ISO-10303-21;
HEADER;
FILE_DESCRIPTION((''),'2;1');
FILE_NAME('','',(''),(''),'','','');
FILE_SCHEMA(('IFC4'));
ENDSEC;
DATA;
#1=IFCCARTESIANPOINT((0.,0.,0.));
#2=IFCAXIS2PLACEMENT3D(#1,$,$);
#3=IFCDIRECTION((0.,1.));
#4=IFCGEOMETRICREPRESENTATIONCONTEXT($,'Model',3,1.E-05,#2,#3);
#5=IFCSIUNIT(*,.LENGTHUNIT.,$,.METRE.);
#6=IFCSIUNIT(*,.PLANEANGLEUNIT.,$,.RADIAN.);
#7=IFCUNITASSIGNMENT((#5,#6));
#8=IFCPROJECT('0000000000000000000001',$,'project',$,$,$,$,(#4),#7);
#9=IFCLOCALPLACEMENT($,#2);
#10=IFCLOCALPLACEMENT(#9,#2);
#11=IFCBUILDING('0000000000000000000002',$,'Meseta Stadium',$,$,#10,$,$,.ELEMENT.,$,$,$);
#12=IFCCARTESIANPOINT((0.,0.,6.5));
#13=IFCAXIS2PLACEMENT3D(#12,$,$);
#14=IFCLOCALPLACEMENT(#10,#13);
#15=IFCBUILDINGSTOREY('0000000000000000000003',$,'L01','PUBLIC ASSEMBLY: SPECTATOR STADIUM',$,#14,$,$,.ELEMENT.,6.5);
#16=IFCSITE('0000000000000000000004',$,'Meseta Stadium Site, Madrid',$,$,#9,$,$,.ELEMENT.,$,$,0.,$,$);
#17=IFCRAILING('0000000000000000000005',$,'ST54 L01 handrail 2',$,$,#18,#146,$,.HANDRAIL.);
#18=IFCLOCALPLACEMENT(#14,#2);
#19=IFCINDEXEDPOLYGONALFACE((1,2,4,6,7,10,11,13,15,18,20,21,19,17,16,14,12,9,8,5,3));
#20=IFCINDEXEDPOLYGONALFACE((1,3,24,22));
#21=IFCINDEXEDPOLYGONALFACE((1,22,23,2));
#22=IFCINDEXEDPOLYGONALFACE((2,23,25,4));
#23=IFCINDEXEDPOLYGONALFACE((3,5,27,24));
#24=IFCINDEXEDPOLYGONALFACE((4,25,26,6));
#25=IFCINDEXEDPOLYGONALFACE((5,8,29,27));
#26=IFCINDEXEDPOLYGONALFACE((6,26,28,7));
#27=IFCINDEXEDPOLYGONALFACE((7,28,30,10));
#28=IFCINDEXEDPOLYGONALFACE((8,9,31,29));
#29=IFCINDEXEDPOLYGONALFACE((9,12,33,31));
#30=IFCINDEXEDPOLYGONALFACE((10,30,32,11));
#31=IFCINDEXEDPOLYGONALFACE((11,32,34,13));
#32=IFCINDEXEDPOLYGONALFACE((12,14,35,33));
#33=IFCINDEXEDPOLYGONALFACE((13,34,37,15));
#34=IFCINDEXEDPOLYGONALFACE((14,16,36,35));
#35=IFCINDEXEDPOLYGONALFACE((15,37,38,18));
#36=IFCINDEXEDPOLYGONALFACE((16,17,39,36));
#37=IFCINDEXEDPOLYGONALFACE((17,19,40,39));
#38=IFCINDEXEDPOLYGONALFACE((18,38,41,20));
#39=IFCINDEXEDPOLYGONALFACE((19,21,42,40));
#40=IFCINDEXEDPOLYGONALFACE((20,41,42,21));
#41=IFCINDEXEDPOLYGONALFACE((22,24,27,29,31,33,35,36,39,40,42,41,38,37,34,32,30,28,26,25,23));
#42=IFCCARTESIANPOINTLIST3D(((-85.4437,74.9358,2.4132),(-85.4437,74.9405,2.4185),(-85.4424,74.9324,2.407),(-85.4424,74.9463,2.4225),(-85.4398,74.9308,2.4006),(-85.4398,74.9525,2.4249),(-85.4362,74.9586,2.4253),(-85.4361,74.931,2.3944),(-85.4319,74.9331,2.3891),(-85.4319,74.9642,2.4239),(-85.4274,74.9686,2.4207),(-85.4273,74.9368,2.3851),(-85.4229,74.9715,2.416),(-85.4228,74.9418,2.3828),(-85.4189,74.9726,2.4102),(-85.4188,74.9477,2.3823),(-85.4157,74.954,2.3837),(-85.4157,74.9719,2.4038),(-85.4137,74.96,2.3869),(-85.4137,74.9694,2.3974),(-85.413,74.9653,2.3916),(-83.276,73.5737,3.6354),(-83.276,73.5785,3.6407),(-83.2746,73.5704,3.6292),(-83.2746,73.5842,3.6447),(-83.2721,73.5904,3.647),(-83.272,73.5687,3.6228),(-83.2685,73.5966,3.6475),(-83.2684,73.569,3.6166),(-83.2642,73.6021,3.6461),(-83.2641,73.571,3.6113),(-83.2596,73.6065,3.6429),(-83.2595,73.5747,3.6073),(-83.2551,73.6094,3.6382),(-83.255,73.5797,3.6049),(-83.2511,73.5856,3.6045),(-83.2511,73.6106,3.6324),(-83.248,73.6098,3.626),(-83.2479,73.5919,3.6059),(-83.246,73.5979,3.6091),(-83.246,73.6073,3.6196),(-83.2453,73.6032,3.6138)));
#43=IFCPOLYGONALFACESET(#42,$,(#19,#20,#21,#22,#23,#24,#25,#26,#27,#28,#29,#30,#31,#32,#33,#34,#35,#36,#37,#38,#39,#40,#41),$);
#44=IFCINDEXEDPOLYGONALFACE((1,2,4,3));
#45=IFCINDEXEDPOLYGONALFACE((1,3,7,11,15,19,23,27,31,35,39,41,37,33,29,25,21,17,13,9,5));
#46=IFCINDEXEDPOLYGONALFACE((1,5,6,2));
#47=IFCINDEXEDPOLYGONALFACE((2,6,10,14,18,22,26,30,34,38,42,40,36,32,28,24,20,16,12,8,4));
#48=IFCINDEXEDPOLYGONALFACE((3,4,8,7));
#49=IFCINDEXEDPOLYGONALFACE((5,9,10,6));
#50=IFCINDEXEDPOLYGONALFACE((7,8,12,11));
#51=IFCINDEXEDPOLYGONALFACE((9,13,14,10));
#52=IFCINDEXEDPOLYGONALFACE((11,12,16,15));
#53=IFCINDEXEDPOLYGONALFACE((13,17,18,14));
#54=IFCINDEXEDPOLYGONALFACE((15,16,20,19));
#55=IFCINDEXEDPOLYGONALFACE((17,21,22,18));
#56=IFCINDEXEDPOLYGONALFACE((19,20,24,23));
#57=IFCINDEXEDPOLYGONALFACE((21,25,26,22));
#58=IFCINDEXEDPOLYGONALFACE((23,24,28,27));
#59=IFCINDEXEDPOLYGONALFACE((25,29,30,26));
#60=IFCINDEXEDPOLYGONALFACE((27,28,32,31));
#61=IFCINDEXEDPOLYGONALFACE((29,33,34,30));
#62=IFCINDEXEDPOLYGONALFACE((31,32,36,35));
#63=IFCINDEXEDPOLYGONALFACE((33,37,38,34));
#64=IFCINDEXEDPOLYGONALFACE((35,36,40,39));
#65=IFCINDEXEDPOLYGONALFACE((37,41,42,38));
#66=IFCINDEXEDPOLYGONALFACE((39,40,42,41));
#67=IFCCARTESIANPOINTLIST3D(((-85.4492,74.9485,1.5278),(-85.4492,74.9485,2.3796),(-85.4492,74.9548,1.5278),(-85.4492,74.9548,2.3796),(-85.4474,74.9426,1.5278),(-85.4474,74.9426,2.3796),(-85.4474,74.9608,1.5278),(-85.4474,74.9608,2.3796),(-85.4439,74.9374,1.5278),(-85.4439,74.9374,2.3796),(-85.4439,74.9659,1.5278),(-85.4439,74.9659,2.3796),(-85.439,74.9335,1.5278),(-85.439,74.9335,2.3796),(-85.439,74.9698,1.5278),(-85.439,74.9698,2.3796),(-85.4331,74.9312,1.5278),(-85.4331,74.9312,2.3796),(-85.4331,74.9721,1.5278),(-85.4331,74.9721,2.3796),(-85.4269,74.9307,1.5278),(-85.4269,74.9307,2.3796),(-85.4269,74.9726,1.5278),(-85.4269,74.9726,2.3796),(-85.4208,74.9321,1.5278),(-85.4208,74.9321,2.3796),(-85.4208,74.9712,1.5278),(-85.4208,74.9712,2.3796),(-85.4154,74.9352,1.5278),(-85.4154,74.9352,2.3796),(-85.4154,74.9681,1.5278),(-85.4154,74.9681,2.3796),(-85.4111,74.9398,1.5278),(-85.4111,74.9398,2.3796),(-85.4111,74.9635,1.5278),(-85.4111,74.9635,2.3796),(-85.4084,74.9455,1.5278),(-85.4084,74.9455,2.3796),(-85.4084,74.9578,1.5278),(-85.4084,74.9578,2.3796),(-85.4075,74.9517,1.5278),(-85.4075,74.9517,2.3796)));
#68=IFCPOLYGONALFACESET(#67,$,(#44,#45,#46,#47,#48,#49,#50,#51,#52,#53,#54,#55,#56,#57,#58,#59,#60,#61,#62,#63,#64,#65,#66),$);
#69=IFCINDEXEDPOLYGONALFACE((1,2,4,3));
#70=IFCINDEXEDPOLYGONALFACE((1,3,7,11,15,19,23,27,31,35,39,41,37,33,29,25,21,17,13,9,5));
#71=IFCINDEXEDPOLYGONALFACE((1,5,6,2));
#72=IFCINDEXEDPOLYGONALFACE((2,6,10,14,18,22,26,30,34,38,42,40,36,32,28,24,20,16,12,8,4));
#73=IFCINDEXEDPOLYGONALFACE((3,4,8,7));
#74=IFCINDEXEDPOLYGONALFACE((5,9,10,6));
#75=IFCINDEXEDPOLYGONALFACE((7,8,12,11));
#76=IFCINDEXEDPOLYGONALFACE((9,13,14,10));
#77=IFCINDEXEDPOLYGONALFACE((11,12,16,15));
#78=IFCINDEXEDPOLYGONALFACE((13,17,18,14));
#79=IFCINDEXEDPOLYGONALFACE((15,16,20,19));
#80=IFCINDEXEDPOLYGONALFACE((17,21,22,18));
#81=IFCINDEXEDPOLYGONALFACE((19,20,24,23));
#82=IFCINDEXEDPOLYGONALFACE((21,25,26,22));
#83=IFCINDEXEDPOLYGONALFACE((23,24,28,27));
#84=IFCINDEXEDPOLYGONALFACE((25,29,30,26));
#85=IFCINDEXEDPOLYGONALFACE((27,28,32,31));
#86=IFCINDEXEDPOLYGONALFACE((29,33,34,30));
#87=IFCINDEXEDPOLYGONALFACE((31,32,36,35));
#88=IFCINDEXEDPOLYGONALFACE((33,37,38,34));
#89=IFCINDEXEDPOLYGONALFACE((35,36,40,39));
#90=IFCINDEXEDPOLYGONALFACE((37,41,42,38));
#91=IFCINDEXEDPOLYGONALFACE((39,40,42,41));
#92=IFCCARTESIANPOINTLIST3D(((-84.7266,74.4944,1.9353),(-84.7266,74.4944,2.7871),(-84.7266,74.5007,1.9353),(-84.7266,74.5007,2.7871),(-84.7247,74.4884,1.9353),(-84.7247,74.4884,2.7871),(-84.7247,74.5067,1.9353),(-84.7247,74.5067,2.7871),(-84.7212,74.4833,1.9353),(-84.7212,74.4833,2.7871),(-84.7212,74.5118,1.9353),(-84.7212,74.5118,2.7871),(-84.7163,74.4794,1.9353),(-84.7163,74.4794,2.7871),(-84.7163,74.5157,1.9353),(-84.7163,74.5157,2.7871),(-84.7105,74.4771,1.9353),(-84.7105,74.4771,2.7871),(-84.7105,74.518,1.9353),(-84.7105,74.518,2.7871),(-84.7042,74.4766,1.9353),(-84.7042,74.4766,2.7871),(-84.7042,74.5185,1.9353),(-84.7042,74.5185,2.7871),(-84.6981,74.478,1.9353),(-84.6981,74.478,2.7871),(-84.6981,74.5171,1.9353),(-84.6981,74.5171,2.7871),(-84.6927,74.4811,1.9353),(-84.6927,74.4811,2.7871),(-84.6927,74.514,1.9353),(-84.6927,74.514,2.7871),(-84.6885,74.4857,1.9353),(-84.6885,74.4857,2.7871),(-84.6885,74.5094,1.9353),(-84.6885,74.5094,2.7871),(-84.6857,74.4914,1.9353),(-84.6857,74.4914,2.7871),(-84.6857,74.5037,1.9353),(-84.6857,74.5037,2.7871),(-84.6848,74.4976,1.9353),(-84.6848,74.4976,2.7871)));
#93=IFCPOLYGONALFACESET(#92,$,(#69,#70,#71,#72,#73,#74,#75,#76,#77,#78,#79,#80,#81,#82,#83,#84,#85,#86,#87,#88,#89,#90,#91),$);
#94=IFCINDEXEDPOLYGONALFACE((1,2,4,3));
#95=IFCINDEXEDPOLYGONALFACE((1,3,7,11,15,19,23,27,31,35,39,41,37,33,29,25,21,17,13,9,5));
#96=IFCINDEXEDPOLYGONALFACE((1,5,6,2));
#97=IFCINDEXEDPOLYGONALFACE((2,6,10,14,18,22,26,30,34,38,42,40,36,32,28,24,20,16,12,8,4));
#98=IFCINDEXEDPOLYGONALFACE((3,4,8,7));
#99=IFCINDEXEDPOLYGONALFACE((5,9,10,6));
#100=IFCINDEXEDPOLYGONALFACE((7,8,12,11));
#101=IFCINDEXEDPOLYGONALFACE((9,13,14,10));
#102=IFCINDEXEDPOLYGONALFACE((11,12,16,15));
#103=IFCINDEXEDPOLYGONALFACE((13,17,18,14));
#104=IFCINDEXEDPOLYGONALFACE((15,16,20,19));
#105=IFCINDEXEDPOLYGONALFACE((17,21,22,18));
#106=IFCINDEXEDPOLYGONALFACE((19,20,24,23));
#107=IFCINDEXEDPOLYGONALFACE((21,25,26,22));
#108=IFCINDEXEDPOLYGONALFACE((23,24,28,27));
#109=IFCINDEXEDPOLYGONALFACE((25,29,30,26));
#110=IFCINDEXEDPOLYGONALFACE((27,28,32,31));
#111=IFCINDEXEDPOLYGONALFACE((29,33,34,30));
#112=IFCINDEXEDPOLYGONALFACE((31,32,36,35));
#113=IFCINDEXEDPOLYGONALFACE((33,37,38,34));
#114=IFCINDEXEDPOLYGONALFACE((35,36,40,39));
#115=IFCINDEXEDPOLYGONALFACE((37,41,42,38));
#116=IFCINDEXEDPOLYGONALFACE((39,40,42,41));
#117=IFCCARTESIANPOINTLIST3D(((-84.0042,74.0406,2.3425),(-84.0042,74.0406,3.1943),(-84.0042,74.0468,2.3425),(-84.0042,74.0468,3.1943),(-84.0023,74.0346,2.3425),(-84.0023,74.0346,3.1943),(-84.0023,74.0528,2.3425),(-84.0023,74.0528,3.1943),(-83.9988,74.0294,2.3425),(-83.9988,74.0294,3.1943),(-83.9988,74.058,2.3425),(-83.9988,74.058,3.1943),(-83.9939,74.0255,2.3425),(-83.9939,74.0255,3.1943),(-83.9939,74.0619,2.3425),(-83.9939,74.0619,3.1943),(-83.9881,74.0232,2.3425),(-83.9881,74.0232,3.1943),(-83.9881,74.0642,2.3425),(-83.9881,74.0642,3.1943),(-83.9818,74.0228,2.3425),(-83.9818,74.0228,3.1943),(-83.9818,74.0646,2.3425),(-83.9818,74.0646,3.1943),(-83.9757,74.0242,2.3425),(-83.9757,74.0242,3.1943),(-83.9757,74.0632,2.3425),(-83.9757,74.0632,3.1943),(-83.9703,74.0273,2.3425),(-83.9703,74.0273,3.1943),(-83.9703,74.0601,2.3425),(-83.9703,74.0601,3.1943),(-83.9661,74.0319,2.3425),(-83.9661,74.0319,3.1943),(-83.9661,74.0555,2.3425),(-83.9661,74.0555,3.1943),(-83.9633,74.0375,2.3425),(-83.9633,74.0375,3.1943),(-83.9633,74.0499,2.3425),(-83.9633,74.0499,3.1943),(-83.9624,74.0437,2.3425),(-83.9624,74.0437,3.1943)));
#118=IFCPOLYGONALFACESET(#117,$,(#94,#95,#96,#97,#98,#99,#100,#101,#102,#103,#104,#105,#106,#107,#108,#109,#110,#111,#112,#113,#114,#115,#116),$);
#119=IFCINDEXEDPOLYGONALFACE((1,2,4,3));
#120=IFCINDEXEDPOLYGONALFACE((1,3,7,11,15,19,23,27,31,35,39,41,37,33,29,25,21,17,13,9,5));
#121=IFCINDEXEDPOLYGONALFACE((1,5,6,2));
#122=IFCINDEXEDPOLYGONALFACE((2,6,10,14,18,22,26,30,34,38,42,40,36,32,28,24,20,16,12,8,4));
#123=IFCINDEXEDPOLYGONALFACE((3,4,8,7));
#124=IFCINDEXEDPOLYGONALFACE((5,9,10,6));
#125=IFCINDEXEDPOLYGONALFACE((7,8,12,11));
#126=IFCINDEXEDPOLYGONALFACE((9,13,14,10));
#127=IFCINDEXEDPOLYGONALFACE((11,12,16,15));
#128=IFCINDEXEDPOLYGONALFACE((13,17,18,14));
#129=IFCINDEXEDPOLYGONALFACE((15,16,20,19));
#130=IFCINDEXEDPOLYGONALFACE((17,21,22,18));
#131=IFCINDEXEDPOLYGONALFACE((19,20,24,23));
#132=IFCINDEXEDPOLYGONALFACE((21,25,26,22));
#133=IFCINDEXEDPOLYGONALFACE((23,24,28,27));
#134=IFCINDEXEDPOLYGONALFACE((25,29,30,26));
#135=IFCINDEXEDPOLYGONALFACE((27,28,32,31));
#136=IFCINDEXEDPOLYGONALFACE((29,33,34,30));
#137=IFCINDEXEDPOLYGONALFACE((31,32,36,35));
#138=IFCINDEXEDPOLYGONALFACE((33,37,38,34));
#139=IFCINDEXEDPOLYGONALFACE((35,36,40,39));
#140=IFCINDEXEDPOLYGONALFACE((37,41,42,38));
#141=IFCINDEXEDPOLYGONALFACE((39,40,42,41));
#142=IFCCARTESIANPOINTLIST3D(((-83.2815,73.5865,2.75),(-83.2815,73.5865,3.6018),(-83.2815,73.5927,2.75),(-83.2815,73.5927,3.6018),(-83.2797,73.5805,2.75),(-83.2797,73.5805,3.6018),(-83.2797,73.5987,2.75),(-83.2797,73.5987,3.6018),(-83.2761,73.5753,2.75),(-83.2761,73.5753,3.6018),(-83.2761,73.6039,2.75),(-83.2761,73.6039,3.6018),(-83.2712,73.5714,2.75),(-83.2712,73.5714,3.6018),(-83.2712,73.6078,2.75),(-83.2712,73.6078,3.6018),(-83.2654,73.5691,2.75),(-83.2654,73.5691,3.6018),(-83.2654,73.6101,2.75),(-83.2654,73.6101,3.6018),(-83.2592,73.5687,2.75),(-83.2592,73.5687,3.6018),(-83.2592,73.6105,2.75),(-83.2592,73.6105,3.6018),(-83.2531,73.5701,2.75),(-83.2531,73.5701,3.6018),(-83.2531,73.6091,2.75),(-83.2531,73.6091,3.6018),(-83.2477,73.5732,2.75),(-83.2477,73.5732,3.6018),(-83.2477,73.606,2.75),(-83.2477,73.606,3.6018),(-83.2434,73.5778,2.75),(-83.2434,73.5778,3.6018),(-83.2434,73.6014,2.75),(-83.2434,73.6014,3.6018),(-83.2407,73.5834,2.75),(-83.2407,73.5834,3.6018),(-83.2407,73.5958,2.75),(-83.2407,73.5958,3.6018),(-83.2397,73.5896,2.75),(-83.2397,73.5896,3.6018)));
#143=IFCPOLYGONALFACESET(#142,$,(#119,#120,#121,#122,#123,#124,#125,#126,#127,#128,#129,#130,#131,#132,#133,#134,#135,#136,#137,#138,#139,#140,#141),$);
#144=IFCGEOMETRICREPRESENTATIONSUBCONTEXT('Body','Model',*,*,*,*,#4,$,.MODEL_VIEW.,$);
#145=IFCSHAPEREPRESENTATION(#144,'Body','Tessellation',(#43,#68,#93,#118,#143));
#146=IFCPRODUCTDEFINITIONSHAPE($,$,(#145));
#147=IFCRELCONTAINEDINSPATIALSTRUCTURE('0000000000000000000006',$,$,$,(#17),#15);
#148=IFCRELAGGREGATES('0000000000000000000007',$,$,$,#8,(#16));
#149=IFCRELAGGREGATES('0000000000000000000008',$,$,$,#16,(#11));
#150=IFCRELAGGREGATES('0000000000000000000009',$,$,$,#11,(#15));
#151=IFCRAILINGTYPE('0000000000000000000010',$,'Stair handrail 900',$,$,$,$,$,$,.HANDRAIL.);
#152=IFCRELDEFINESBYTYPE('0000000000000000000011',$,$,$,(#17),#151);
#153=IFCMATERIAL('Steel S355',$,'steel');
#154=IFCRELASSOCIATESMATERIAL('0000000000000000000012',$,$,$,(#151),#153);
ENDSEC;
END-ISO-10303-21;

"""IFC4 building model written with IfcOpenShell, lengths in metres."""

from ifc_helpers import new_model, si_unit, direction, frame, origin, origin_2d, place, context, subcontext, project, spatial, circle, extrude, material, type_object, element, save


model = new_model("IFC4")

# Units and contexts
model_context = context("Model", 3, precision=1e-05, world=origin(), true_north=direction((0.0, 1.0)))
body_context = subcontext(model_context, "Body", "Model", "MODEL_VIEW")
ifc_project = project(units=[si_unit("LENGTHUNIT", "METRE"), si_unit("PLANEANGLEUNIT", "RADIAN")], contexts=[model_context])

# Site, building, storey
site_placement = place(None, origin())
site = spatial("IfcSite", under=ifc_project, at=site_placement, Name="Meseta Stadium Site, Madrid", CompositionType="ELEMENT", RefElevation=0.0)
building_placement = place(site_placement, origin())
building = spatial("IfcBuilding", under=site, at=building_placement, Name="Meseta Stadium", CompositionType="ELEMENT")
storey_placement = place(building_placement, frame((0.0, 0.0, 6.5)))
storey = spatial("IfcBuildingStorey", under=building, at=storey_placement, Name="L01", Description="PUBLIC ASSEMBLY: SPECTATOR STADIUM", CompositionType="ELEMENT", Elevation=6.5)

# Railing
ifc_material_1 = material(Name="Steel S355", Category="steel")
railing_type_1 = type_object("IfcRailingType", Name="Stair handrail 900", PredefinedType="HANDRAIL", material=ifc_material_1)
for number, where, name in (
    (1, (-85.4285, 74.9517, 1.5278), "ST54 L01 handrail 2"),
):
    element("IfcRailing", number, at=place(storey_placement, frame(where)), inside=storey, type_object=railing_type_1, Name=name, PredefinedType="HANDRAIL", context=body_context, shape_type="SweptSolid", body=[
        extrude(circle(Radius=0.0239, at=origin_2d()), frame((0.0, 0.0, 0.876), z_axis=(0.764121, -0.480125, 0.430813), x_axis=(0.532029, 0.846726, 0.0)), (0.0, 0.0, 1.0), 2.8369),
        extrude(circle(Radius=0.021, at=origin_2d()), origin(), (0.0, 0.0, 1.0), 0.8518),
        extrude(circle(Radius=0.021, at=origin_2d()), frame((0.7227, -0.4541, 0.4075)), (0.0, 0.0, 1.0), 0.8518),
        extrude(circle(Radius=0.021, at=origin_2d()), frame((1.4451, -0.908, 0.8147)), (0.0, 0.0, 1.0), 0.8518),
        extrude(circle(Radius=0.021, at=origin_2d()), frame((2.1677, -1.3621, 1.2222)), (0.0, 0.0, 1.0), 0.8518),
    ])

save(model, "model.ifc")
